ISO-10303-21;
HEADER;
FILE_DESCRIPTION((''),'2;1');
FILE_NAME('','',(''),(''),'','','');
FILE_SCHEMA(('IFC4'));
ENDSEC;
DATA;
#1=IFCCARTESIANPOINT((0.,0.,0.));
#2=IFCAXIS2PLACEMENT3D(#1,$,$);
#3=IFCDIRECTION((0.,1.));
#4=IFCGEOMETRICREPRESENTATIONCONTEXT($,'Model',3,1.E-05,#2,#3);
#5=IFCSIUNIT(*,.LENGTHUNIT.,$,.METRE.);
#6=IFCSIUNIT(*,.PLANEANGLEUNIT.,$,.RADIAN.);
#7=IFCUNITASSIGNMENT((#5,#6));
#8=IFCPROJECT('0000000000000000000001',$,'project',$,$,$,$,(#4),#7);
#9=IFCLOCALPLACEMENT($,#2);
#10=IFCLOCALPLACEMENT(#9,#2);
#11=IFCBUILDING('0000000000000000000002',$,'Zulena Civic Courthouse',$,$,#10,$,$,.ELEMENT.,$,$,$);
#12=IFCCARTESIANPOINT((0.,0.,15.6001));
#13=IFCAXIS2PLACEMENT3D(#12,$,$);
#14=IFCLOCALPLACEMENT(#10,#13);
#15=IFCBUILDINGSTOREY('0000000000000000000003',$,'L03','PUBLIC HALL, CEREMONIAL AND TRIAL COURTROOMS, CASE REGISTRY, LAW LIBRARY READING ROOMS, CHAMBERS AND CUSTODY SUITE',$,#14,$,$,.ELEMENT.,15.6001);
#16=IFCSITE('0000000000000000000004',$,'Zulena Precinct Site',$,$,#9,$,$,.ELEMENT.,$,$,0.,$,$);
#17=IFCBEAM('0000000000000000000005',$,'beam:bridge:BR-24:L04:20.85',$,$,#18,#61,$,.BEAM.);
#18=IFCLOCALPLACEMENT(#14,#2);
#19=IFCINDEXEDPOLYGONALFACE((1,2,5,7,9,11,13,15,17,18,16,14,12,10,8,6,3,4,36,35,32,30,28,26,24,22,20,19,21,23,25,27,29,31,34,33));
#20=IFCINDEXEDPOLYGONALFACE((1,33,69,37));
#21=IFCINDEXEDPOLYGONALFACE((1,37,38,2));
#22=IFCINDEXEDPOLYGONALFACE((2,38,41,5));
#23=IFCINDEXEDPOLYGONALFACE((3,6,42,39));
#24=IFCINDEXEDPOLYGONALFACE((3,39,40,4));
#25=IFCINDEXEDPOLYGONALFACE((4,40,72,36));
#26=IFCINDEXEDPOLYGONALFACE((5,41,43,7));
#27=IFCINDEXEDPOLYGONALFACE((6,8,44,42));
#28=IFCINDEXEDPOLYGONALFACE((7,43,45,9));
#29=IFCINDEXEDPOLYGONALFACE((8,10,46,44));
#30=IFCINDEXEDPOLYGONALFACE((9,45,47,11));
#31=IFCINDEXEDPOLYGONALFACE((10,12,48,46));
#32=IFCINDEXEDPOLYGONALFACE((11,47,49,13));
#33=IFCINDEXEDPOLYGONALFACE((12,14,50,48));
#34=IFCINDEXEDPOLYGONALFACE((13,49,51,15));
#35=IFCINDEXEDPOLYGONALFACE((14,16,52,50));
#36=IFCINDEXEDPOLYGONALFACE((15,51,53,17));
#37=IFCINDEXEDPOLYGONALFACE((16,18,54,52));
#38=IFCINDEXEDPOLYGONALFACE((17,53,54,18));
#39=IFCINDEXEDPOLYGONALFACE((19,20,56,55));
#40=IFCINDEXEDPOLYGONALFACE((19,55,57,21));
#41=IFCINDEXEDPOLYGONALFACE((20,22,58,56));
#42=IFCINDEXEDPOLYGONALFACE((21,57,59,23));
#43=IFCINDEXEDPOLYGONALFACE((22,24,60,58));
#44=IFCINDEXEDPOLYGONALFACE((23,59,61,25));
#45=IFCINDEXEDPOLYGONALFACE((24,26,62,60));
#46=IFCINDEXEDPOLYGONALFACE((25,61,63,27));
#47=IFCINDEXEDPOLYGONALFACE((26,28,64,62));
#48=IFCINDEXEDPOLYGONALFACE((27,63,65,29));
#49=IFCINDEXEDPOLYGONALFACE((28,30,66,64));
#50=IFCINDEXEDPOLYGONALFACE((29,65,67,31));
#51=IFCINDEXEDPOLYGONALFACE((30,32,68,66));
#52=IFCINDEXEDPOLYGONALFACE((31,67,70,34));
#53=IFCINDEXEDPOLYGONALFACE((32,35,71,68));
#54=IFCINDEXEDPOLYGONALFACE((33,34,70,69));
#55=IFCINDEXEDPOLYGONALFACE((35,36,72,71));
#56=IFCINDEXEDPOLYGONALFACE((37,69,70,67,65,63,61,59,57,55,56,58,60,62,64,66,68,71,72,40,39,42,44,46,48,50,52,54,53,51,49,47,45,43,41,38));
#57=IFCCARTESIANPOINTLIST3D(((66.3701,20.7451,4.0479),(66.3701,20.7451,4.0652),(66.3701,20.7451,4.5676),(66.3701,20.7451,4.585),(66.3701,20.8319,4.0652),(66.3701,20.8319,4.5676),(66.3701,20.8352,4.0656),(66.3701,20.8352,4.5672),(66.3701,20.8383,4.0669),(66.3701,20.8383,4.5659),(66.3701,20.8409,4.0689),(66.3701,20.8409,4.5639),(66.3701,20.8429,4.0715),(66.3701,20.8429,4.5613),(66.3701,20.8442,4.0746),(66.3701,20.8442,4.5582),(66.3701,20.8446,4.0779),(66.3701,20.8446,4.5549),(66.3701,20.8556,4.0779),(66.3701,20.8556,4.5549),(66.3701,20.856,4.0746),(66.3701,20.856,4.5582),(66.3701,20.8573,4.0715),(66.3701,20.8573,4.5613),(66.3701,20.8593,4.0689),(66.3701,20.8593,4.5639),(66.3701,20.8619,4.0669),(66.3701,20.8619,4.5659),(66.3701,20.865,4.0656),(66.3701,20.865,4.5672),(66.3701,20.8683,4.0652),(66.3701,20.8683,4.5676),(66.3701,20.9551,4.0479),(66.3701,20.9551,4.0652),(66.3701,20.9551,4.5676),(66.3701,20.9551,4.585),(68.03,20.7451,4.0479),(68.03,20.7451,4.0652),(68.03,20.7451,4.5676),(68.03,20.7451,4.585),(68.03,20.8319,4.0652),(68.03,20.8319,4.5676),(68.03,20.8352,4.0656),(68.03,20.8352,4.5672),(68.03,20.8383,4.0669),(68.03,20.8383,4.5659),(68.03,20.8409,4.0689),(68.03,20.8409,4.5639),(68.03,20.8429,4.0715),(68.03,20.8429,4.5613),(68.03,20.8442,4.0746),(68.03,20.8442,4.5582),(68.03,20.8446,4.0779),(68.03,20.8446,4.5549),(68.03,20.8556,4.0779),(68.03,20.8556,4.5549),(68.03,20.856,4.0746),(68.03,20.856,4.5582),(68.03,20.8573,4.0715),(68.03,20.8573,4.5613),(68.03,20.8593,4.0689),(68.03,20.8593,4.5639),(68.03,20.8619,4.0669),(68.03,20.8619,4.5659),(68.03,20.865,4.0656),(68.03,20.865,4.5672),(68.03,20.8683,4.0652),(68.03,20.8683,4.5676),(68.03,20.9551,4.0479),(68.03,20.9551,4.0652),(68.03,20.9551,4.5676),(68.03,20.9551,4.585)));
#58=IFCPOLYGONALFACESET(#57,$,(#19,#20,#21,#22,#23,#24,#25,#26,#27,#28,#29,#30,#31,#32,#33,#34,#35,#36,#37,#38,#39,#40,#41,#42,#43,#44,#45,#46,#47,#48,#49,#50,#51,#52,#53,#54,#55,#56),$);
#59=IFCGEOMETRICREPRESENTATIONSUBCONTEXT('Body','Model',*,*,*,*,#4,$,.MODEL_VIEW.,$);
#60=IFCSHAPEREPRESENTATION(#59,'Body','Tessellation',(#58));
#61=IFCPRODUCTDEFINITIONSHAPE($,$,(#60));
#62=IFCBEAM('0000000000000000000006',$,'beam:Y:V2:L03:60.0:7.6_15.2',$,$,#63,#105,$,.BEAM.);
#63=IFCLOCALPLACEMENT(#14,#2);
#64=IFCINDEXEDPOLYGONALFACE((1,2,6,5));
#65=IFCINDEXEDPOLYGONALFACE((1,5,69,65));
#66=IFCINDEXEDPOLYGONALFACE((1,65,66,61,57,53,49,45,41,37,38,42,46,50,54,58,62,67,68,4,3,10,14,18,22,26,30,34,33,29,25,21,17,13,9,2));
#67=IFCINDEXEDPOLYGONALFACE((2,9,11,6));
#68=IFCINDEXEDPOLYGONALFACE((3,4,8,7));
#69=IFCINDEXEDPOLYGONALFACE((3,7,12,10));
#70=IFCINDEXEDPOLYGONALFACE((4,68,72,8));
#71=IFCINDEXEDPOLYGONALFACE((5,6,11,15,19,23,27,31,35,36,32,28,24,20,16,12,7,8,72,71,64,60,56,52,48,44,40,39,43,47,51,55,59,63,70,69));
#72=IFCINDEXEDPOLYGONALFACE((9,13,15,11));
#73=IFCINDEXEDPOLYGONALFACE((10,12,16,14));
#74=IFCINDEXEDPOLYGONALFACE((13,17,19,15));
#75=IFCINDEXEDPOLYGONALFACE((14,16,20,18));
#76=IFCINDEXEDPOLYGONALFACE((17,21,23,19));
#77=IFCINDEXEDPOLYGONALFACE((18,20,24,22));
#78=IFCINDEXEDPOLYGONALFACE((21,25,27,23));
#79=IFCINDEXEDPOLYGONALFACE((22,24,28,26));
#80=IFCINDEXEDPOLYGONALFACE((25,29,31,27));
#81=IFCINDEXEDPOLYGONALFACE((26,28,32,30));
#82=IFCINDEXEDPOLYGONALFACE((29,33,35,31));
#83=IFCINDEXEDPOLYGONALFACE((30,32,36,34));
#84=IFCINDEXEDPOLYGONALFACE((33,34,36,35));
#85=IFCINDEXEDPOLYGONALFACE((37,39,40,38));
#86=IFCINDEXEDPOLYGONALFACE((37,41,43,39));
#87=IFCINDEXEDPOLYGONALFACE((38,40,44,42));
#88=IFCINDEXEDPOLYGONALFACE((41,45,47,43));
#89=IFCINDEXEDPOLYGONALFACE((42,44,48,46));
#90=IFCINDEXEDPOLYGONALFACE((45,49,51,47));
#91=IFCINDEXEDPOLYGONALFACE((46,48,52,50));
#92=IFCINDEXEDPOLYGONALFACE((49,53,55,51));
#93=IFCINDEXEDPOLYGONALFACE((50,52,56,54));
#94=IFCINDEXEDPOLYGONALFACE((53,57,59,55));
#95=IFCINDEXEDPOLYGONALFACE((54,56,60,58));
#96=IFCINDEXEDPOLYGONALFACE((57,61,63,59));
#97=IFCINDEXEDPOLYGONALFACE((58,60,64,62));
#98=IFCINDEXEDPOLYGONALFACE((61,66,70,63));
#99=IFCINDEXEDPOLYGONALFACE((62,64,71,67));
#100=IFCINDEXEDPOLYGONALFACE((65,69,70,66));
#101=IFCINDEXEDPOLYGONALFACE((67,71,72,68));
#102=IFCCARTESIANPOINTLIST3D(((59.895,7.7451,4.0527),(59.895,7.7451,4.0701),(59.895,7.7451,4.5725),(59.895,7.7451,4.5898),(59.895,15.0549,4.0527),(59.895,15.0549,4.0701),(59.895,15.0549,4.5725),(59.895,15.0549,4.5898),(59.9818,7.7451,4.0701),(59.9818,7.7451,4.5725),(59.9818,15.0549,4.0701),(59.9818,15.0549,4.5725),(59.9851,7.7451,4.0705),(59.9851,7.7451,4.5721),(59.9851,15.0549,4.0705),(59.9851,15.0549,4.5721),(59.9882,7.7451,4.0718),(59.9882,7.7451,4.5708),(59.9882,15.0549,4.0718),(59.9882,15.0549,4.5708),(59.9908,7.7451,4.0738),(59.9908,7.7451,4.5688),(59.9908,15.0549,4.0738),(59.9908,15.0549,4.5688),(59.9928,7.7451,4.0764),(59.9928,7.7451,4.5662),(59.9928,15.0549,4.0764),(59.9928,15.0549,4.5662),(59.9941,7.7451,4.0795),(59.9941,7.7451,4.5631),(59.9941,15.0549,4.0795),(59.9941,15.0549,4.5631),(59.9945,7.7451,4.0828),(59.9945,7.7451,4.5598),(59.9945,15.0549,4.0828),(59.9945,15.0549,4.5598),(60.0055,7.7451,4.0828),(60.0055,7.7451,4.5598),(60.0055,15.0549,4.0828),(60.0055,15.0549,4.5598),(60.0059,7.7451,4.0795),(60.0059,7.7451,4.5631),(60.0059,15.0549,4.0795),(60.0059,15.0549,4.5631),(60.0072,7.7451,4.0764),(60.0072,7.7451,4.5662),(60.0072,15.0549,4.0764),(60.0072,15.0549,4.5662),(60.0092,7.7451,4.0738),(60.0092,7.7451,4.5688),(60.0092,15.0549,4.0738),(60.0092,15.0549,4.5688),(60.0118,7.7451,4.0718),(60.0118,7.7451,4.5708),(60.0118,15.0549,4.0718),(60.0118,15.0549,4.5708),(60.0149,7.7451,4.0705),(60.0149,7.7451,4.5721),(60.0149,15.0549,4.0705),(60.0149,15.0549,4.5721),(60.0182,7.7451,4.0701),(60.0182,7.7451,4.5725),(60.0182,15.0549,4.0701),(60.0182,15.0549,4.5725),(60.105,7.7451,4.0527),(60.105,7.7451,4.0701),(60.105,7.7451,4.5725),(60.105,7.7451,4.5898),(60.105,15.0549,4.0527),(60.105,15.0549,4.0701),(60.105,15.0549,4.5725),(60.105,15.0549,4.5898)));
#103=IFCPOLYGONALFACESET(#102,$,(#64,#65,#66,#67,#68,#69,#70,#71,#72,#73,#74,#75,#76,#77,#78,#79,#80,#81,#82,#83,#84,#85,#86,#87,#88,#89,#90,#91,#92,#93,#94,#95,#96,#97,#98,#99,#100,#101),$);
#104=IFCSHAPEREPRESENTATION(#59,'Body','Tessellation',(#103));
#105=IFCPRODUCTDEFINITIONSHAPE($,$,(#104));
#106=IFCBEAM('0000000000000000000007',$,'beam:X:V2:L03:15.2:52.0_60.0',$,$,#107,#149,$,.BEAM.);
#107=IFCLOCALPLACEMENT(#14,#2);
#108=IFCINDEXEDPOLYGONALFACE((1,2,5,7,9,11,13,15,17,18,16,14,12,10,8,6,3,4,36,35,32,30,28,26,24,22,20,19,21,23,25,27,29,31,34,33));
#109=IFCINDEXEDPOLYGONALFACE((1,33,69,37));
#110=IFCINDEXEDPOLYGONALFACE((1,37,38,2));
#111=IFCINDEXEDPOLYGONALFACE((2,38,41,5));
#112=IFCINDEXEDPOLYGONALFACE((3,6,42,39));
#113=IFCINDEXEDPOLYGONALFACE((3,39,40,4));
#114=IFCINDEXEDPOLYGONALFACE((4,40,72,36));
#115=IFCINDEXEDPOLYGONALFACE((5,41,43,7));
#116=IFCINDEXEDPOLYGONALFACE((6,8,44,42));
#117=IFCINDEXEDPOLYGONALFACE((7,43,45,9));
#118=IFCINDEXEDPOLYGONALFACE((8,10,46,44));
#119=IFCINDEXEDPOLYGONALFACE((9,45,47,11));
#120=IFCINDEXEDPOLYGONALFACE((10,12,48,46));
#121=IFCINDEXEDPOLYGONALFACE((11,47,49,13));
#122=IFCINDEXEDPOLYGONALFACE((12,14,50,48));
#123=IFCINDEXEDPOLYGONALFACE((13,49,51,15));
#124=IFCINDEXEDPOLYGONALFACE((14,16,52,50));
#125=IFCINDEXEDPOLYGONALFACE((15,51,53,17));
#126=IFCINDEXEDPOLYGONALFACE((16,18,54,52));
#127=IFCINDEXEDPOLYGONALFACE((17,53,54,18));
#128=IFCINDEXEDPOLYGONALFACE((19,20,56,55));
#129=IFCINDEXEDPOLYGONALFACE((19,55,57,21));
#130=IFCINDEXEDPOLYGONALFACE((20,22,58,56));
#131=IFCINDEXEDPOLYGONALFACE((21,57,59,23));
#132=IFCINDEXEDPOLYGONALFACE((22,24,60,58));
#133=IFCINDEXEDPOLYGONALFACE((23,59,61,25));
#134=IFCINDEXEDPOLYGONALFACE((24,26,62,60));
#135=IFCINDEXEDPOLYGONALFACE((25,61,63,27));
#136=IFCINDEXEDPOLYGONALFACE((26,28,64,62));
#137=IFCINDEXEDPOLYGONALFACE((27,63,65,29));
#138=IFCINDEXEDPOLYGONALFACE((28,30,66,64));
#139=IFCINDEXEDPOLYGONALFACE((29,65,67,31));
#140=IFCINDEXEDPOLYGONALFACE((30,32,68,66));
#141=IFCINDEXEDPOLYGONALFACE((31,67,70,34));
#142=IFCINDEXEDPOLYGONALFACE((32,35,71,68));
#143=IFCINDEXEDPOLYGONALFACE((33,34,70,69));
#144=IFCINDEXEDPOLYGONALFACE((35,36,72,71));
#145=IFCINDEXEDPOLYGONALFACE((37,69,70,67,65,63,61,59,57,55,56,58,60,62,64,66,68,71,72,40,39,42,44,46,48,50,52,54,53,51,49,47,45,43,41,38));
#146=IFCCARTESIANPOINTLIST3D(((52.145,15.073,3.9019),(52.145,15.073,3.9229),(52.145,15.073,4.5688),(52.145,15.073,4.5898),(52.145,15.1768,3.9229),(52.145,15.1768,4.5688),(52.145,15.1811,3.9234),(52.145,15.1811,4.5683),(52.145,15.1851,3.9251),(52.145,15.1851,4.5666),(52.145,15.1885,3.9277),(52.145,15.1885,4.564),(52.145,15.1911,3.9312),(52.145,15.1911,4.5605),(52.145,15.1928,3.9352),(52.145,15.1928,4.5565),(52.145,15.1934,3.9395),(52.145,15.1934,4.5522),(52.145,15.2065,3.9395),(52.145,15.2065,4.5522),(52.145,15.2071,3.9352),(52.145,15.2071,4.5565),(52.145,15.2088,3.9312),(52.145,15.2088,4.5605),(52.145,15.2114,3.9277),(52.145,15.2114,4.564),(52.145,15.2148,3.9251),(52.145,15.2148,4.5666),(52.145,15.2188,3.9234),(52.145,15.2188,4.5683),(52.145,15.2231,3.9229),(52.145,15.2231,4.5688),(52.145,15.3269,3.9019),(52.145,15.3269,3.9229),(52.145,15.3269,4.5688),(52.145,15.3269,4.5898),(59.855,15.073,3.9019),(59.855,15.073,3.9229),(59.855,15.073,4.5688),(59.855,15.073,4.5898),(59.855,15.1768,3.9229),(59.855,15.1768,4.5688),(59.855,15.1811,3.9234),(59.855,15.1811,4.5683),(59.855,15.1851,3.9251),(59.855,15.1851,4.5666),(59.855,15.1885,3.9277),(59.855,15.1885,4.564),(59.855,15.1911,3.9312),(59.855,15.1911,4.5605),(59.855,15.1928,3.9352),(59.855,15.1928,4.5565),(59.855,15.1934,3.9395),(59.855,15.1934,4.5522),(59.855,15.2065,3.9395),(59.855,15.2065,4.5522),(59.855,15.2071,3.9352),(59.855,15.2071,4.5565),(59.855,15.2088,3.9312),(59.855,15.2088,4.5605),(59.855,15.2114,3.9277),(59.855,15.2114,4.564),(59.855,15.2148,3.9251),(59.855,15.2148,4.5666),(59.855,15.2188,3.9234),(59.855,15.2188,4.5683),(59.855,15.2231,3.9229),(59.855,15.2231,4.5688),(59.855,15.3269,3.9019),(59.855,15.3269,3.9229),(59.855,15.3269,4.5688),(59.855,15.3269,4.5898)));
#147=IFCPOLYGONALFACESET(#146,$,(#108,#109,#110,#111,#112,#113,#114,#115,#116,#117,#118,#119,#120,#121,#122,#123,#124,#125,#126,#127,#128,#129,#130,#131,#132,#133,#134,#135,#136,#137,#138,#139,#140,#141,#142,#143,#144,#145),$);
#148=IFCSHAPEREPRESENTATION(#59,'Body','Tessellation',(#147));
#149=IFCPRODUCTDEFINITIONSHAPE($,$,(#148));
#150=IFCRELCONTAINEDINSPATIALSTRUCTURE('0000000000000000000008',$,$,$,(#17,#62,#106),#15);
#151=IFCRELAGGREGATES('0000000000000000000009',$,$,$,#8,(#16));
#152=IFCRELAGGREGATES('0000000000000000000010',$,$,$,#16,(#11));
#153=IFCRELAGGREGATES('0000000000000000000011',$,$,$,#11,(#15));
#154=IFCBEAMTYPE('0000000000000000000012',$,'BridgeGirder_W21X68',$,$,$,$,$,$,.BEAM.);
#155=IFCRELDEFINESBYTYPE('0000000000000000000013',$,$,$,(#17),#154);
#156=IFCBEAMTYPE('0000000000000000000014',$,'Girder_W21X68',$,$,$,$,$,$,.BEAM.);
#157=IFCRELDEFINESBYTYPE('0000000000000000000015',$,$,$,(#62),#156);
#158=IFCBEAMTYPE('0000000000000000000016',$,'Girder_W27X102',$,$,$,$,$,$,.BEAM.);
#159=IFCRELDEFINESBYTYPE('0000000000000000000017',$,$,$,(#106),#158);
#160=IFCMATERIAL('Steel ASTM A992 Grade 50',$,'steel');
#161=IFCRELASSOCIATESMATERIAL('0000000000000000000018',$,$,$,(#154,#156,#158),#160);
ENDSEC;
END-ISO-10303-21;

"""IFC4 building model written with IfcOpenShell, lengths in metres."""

from ifc_helpers import new_model, si_unit, direction, frame, origin, origin_2d, place, context, subcontext, project, spatial, i_section, extrude, material, material_profile, profile_set, type_object, element, save


model = new_model("IFC4")

# Units and contexts
model_context = context("Model", 3, precision=1e-05, world=origin(), true_north=direction((0.0, 1.0)))
body_context = subcontext(model_context, "Body", "Model", "MODEL_VIEW")
ifc_project = project(units=[si_unit("LENGTHUNIT", "METRE"), si_unit("PLANEANGLEUNIT", "RADIAN")], contexts=[model_context])

# Site, building, storey
site_placement = place(None, origin())
site = spatial("IfcSite", under=ifc_project, at=site_placement, Name="Zulena Precinct Site", CompositionType="ELEMENT", RefElevation=0.0)
building_placement = place(site_placement, origin())
building = spatial("IfcBuilding", under=site, at=building_placement, Name="Zulena Civic Courthouse", CompositionType="ELEMENT")
storey_placement = place(building_placement, frame((0.0, 0.0, 15.6001)))
storey = spatial("IfcBuildingStorey", under=building, at=storey_placement, Name="L03", Description="PUBLIC HALL, CEREMONIAL AND TRIAL COURTROOMS, CASE REGISTRY, LAW LIBRARY READING ROOMS, CHAMBERS AND CUSTODY SUITE", CompositionType="ELEMENT", Elevation=15.6001)

# Shared definitions
ifc_material_1 = material(Name="Steel ASTM A992 Grade 50", Category="steel")

# Beams
ifc_material_profile_1 = material_profile(ifc_material_1, i_section(OverallWidth=0.21, OverallDepth=0.5371, WebThickness=0.011, FlangeThickness=0.0173, FilletRadius=0.0127, at=origin_2d()), Name="W21X68")
ifc_profile_set_1 = profile_set([ifc_material_profile_1], Name="Steel ASTM A992 Grade 50")
beam_type_1 = type_object("IfcBeamType", Name="BridgeGirder_W21X68", PredefinedType="BEAM", material=ifc_profile_set_1)
for number, where, z_axis, x_axis, name in (
    (1, (66.3701, 20.8501, 4.3164), (1.0, 0.0, 0.0), (0.0, 1.0, 0.0), "beam:bridge:BR-24:L04:20.85"),
):
    element("IfcBeam", number, at=place(storey_placement, frame(where, z_axis=z_axis, x_axis=x_axis)), inside=storey, type_object=beam_type_1, Name=name, PredefinedType="BEAM", context=body_context, shape_type="SweptSolid", body=[
        extrude(i_section(OverallWidth=0.21, OverallDepth=0.5371, WebThickness=0.011, FlangeThickness=0.0173, FilletRadius=0.0127, at=origin_2d()), origin(), (0.0, 0.0, 1.0), 1.6599),
    ])
ifc_material_profile_2 = material_profile(ifc_material_1, i_section(OverallWidth=0.21, OverallDepth=0.5371, WebThickness=0.011, FlangeThickness=0.0173, FilletRadius=0.0127, at=origin_2d()), Name="W21X68")
ifc_profile_set_2 = profile_set([ifc_material_profile_2], Name="Steel ASTM A992 Grade 50")
beam_type_2 = type_object("IfcBeamType", Name="Girder_W21X68", PredefinedType="BEAM", material=ifc_profile_set_2)
beam_1_placement = place(storey_placement, frame((60.0, 7.7451, 4.3213), z_axis=(0.0, 1.0, 0.0), x_axis=(-1.0, 0.0, 0.0)))
element("IfcBeam", 2, at=beam_1_placement, inside=storey, type_object=beam_type_2, Name="beam:Y:V2:L03:60.0:7.6_15.2", PredefinedType="BEAM", context=body_context, shape_type="SweptSolid", body=[
    extrude(i_section(OverallWidth=0.21, OverallDepth=0.5371, WebThickness=0.011, FlangeThickness=0.0173, FilletRadius=0.0127, at=origin_2d()), origin(), (0.0, 0.0, 1.0), 7.3098),
])
ifc_material_profile_3 = material_profile(ifc_material_1, i_section(OverallWidth=0.2539, OverallDepth=0.688, WebThickness=0.0132, FlangeThickness=0.021, FilletRadius=0.0166, at=origin_2d()), Name="W27X102")
ifc_profile_set_3 = profile_set([ifc_material_profile_3], Name="Steel ASTM A992 Grade 50")
beam_type_3 = type_object("IfcBeamType", Name="Girder_W27X102", PredefinedType="BEAM", material=ifc_profile_set_3)
beam_2_placement = place(storey_placement, frame((52.145, 15.2, 4.2458), z_axis=(1.0, 0.0, 0.0), x_axis=(0.0, 1.0, 0.0)))
element("IfcBeam", 3, at=beam_2_placement, inside=storey, type_object=beam_type_3, Name="beam:X:V2:L03:15.2:52.0_60.0", PredefinedType="BEAM", context=body_context, shape_type="SweptSolid", body=[
    extrude(i_section(OverallWidth=0.2539, OverallDepth=0.688, WebThickness=0.0132, FlangeThickness=0.021, FilletRadius=0.0166, at=origin_2d()), origin(), (0.0, 0.0, 1.0), 7.71),
])

save(model, "model.ifc")
